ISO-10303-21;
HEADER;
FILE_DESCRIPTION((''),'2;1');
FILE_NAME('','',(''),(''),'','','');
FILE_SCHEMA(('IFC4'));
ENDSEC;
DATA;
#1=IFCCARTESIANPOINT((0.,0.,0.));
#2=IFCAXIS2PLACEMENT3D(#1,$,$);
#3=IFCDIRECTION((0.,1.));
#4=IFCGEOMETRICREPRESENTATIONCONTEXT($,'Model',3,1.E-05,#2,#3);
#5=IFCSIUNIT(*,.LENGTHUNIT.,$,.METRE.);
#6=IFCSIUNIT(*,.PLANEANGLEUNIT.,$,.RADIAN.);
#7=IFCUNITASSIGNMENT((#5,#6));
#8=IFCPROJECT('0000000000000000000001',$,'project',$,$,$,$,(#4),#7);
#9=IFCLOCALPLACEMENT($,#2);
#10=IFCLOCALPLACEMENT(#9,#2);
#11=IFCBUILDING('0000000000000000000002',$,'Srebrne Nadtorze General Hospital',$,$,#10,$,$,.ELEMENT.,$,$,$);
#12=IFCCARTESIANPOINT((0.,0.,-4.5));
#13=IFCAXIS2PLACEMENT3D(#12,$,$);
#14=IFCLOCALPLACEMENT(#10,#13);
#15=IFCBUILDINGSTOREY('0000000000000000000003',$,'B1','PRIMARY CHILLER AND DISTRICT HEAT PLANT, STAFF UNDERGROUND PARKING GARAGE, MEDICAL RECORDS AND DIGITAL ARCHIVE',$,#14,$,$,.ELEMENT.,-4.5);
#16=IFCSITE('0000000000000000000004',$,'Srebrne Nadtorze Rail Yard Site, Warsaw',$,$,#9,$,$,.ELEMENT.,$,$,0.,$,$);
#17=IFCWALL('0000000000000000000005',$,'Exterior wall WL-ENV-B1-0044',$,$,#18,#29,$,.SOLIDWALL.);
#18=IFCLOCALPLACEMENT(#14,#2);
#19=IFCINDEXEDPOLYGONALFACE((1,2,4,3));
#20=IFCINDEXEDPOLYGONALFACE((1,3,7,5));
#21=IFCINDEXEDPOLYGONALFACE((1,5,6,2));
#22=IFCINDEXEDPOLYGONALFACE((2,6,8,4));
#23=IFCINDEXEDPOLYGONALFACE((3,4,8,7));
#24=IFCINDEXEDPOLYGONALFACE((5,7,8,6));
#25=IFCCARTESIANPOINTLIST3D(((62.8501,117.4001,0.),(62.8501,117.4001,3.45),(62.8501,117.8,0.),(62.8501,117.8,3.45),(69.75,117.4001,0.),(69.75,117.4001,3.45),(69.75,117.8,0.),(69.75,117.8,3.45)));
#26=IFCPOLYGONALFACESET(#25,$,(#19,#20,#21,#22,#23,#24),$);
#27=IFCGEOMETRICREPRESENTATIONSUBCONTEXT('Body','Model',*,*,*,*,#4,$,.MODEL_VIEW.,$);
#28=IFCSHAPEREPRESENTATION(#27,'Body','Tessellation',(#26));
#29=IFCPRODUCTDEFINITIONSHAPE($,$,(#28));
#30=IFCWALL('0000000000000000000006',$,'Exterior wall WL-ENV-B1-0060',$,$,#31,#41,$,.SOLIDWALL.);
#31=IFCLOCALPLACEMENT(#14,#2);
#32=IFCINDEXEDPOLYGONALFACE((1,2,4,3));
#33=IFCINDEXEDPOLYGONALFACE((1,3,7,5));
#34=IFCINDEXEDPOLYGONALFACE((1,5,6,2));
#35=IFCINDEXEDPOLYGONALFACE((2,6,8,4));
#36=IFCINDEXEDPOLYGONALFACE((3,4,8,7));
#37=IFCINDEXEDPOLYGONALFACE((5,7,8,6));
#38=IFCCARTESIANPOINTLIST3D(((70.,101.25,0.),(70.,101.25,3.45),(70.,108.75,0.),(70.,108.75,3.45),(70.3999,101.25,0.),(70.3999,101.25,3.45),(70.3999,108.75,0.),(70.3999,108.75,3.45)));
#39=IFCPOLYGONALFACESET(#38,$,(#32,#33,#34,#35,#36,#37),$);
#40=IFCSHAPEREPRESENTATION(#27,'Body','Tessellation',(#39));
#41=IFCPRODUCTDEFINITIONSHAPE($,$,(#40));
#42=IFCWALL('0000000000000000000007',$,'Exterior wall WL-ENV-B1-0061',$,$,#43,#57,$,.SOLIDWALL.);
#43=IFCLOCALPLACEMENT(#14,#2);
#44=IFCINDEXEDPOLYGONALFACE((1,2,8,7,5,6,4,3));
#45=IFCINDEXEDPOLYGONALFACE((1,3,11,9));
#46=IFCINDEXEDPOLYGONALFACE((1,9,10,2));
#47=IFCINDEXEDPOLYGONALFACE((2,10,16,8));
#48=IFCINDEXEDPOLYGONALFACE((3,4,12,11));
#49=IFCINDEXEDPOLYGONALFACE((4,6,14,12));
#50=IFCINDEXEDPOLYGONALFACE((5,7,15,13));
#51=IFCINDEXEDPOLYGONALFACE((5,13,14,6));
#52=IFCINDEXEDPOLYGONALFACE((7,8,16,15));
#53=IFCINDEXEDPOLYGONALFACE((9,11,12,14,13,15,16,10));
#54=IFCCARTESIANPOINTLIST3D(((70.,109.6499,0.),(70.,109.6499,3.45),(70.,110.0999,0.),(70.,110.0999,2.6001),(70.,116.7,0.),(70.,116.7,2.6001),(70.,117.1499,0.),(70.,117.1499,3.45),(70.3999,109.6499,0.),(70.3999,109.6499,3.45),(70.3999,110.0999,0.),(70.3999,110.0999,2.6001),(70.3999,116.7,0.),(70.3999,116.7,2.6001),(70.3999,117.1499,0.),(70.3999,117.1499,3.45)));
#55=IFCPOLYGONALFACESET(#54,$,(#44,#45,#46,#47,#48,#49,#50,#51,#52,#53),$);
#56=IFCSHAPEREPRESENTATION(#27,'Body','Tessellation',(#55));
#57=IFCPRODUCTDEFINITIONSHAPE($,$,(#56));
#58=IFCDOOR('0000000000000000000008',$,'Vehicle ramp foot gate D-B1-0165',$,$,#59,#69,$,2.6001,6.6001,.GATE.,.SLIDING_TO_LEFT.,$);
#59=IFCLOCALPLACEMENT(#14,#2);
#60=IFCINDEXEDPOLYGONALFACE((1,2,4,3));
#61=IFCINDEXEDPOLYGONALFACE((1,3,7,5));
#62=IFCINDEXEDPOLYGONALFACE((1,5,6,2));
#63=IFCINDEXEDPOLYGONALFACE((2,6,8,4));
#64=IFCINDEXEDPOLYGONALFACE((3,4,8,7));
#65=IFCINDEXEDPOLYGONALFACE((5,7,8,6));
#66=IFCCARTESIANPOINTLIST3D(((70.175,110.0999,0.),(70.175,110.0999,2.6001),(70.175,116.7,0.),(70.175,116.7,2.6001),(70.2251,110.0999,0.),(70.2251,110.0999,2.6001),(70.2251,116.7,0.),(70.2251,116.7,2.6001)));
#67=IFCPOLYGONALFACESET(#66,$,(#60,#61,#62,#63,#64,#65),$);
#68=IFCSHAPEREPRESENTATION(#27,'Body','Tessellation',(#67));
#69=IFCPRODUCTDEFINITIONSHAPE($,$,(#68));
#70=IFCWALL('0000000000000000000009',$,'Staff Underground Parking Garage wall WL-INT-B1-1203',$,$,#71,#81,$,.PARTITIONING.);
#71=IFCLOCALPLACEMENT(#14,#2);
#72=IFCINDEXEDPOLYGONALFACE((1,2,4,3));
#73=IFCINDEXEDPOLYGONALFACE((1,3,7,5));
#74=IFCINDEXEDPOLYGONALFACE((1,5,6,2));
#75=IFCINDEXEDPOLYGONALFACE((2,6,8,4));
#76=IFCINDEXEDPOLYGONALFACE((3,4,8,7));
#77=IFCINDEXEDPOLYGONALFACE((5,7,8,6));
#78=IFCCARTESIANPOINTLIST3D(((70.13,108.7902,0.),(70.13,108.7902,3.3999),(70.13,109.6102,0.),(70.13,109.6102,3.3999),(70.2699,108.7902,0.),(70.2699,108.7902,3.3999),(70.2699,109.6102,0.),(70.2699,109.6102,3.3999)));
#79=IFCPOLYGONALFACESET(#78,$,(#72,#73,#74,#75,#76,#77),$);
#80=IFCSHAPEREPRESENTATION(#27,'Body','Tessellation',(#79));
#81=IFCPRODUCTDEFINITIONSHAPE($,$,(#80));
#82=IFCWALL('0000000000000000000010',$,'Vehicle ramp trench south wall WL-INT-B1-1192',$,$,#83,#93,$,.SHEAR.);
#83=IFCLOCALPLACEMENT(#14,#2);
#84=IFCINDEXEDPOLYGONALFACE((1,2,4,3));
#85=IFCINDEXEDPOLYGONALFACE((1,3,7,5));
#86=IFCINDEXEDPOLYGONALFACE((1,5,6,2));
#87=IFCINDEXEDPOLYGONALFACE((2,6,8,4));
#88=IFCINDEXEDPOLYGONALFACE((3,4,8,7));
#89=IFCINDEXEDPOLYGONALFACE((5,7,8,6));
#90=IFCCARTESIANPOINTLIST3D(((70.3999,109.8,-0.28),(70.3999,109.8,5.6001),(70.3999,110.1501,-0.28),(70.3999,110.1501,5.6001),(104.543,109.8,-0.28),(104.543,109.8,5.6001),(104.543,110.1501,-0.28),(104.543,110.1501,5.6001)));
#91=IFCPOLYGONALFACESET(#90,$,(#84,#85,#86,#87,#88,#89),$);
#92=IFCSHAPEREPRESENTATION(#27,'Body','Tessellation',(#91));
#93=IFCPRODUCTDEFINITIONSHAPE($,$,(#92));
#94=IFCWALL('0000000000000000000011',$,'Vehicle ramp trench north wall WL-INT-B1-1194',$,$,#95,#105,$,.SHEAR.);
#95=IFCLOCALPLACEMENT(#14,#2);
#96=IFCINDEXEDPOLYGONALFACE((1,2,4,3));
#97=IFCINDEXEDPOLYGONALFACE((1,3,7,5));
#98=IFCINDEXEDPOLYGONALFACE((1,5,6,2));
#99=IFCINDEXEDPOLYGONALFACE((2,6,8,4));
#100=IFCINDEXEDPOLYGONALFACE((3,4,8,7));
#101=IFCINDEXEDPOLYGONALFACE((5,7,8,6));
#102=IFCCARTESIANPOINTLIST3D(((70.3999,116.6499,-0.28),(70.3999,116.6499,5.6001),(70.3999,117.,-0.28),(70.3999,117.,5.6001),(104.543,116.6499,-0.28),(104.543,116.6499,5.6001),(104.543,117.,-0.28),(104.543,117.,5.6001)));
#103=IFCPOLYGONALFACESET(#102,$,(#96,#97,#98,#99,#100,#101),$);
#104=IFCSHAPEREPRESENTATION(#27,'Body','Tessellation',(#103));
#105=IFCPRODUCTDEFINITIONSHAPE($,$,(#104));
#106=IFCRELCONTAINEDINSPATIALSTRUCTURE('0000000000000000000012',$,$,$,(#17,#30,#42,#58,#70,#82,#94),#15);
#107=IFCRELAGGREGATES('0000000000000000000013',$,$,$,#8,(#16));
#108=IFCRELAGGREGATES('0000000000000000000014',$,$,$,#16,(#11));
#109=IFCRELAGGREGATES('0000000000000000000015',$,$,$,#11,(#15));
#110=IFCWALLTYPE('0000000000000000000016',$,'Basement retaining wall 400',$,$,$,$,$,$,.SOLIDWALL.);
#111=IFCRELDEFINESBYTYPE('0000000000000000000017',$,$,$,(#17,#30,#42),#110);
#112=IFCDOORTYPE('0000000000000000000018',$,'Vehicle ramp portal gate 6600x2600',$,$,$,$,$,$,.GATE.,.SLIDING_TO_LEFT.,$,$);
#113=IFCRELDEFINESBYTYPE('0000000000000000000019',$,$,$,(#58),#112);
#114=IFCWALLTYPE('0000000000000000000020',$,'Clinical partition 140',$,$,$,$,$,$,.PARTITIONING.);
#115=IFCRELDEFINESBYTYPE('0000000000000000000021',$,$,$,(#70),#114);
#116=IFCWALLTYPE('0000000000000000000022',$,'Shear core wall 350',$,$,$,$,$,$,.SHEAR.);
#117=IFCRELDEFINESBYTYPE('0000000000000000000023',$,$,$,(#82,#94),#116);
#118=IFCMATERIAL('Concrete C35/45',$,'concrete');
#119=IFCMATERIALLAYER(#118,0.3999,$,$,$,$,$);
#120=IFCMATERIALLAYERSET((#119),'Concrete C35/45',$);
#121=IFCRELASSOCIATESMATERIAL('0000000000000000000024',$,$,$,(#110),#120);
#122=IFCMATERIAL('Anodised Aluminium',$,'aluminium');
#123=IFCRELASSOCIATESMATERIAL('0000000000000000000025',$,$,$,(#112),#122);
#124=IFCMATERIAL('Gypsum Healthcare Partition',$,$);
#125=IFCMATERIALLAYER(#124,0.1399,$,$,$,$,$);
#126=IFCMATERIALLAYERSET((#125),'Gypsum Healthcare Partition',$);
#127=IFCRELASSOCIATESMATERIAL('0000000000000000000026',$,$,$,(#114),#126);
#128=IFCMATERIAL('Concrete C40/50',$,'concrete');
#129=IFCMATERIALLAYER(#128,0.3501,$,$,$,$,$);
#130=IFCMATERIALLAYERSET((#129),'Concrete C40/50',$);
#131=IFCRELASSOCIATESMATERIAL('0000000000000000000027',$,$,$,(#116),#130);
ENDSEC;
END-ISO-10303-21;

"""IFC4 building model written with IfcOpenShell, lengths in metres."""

from ifc_helpers import new_model, si_unit, direction, frame, frame_2d, origin, place, context, subcontext, project, spatial, rectangle, extrude, material, layer, layer_set, type_object, element, fill, save


model = new_model("IFC4")

# Units and contexts
model_context = context("Model", 3, precision=1e-05, world=origin(), true_north=direction((0.0, 1.0)))
body_context = subcontext(model_context, "Body", "Model", "MODEL_VIEW")
ifc_project = project(units=[si_unit("LENGTHUNIT", "METRE"), si_unit("PLANEANGLEUNIT", "RADIAN")], contexts=[model_context])

# Site, building, storey
site_placement = place(None, origin())
site = spatial("IfcSite", under=ifc_project, at=site_placement, Name="Srebrne Nadtorze Rail Yard Site, Warsaw", CompositionType="ELEMENT", RefElevation=0.0)
building_placement = place(site_placement, origin())
building = spatial("IfcBuilding", under=site, at=building_placement, Name="Srebrne Nadtorze General Hospital", CompositionType="ELEMENT")
storey_placement = place(building_placement, frame((0.0, 0.0, -4.5)))
storey = spatial("IfcBuildingStorey", under=building, at=storey_placement, Name="B1", Description="PRIMARY CHILLER AND DISTRICT HEAT PLANT, STAFF UNDERGROUND PARKING GARAGE, MEDICAL RECORDS AND DIGITAL ARCHIVE", CompositionType="ELEMENT", Elevation=-4.5)

# Walls
ifc_material_1 = material(Name="Concrete C35/45", Category="concrete")
ifc_layer_1 = layer(ifc_material_1, 0.3999)
ifc_layer_set_1 = layer_set([ifc_layer_1], Name="Concrete C35/45")
wall_type_1 = type_object("IfcWallType", Name="Basement retaining wall 400", PredefinedType="SOLIDWALL", material=ifc_layer_set_1)
wall_1_placement = place(storey_placement, frame((62.8501, 117.6001, 0.0), z_axis=(0.0, 0.0, 1.0), x_axis=(1.0, 0.0, 0.0)))
element("IfcWall", 1, at=wall_1_placement, inside=storey, type_object=wall_type_1, Name="Exterior wall WL-ENV-B1-0044", PredefinedType="SOLIDWALL", context=body_context, shape_type="SweptSolid", body=[
    extrude(rectangle(XDim=6.8999, YDim=0.3999, at=frame_2d((3.45, 0.0))), origin(), (0.0, 0.0, 1.0), 3.45),
])
wall_2_placement = place(storey_placement, frame((70.2, 101.25, 0.0), z_axis=(0.0, 0.0, 1.0), x_axis=(0.0, 1.0, 0.0)))
element("IfcWall", 2, at=wall_2_placement, inside=storey, type_object=wall_type_1, Name="Exterior wall WL-ENV-B1-0060", PredefinedType="SOLIDWALL", context=body_context, shape_type="SweptSolid", body=[
    extrude(rectangle(XDim=7.5, YDim=0.3999, at=frame_2d((3.75, 0.0))), origin(), (0.0, 0.0, 1.0), 3.45),
])

# Wall, opening, door
wall_3_placement = place(storey_placement, frame((70.2, 109.6499, 0.0), z_axis=(0.0, 0.0, 1.0), x_axis=(0.0, 1.0, 0.0)))
wall_3 = element("IfcWall", 3, at=wall_3_placement, inside=storey, type_object=wall_type_1, Name="Exterior wall WL-ENV-B1-0061", PredefinedType="SOLIDWALL", context=body_context, shape_type="SweptSolid", body=[
    extrude(rectangle(XDim=7.5, YDim=0.3999, at=frame_2d((3.75, 0.0))), origin(), (0.0, 0.0, 1.0), 3.45),
])
opening_placement = place(wall_3_placement, frame((0.45, 0.0, 0.0)))
opening = element("IfcOpeningElement", 4, at=opening_placement, cuts=wall_3, PredefinedType="OPENING", context=body_context, shape_type="SweptSolid", body=[
    extrude(rectangle(XDim=6.6001, YDim=2.6001, at=frame_2d((3.3, 1.3))), frame((0.0, 0.2119, 0.0), z_axis=(0.0, -1.0, 0.0), x_axis=(1.0, 0.0, 0.0)), (0.0, 0.0, 1.0), 0.4238),
])
ifc_material_2 = material(Name="Anodised Aluminium", Category="aluminium")
door_type = type_object("IfcDoorType", Name="Vehicle ramp portal gate 6600x2600", OperationType="SLIDING_TO_LEFT", PredefinedType="GATE", material=ifc_material_2)
door_placement = place(opening_placement, origin())
door = element("IfcDoor", 5, at=door_placement, inside=storey, type_object=door_type, Name="Vehicle ramp foot gate D-B1-0165", OperationType="SLIDING_TO_LEFT", OverallHeight=2.6001, OverallWidth=6.6001, PredefinedType="GATE", context=body_context, shape_type="SweptSolid", body=[
    extrude(rectangle(XDim=6.6001, YDim=2.6001, at=frame_2d((3.3, 1.3))), frame((0.0, 0.0249, 0.0), z_axis=(0.0, -1.0, 0.0), x_axis=(1.0, 0.0, 0.0)), (0.0, 0.0, 1.0), 0.05),
])
fill(opening, door)

# Walls
ifc_material_3 = material(Name="Gypsum Healthcare Partition")
ifc_layer_2 = layer(ifc_material_3, 0.1399)
ifc_layer_set_2 = layer_set([ifc_layer_2], Name="Gypsum Healthcare Partition")
wall_type_2 = type_object("IfcWallType", Name="Clinical partition 140", PredefinedType="PARTITIONING", material=ifc_layer_set_2)
wall_4_placement = place(storey_placement, frame((70.2, 108.79, 0.0), z_axis=(0.0, 0.0, 1.0), x_axis=(0.0, 1.0, 0.0)))
element("IfcWall", 6, at=wall_4_placement, inside=storey, type_object=wall_type_2, Name="Staff Underground Parking Garage wall WL-INT-B1-1203", PredefinedType="PARTITIONING", context=body_context, shape_type="SweptSolid", body=[
    extrude(rectangle(XDim=0.8201, YDim=0.1399, at=frame_2d((0.4102, 0.0))), origin(), (0.0, 0.0, 1.0), 3.3999),
])
ifc_material_4 = material(Name="Concrete C40/50", Category="concrete")
ifc_layer_3 = layer(ifc_material_4, 0.3501)
ifc_layer_set_3 = layer_set([ifc_layer_3], Name="Concrete C40/50")
wall_type_3 = type_object("IfcWallType", Name="Shear core wall 350", PredefinedType="SHEAR", material=ifc_layer_set_3)
for number, where, z_axis, x_axis, name in (
    (7, (70.3999, 109.9751, -0.28), (0.0, 0.0, 1.0), (1.0, 0.0, 0.0), "Vehicle ramp trench south wall WL-INT-B1-1192"),
    (8, (70.3999, 116.825, -0.28), (0.0, 0.0, 1.0), (1.0, 0.0, 0.0), "Vehicle ramp trench north wall WL-INT-B1-1194"),
):
    element("IfcWall", number, at=place(storey_placement, frame(where, z_axis=z_axis, x_axis=x_axis)), inside=storey, type_object=wall_type_3, Name=name, PredefinedType="SHEAR", context=body_context, shape_type="SweptSolid", body=[
        extrude(rectangle(XDim=34.1431, YDim=0.3501, at=frame_2d((17.0715, 0.0))), origin(), (0.0, 0.0, 1.0), 5.8801),
    ])

save(model, "model.ifc")
